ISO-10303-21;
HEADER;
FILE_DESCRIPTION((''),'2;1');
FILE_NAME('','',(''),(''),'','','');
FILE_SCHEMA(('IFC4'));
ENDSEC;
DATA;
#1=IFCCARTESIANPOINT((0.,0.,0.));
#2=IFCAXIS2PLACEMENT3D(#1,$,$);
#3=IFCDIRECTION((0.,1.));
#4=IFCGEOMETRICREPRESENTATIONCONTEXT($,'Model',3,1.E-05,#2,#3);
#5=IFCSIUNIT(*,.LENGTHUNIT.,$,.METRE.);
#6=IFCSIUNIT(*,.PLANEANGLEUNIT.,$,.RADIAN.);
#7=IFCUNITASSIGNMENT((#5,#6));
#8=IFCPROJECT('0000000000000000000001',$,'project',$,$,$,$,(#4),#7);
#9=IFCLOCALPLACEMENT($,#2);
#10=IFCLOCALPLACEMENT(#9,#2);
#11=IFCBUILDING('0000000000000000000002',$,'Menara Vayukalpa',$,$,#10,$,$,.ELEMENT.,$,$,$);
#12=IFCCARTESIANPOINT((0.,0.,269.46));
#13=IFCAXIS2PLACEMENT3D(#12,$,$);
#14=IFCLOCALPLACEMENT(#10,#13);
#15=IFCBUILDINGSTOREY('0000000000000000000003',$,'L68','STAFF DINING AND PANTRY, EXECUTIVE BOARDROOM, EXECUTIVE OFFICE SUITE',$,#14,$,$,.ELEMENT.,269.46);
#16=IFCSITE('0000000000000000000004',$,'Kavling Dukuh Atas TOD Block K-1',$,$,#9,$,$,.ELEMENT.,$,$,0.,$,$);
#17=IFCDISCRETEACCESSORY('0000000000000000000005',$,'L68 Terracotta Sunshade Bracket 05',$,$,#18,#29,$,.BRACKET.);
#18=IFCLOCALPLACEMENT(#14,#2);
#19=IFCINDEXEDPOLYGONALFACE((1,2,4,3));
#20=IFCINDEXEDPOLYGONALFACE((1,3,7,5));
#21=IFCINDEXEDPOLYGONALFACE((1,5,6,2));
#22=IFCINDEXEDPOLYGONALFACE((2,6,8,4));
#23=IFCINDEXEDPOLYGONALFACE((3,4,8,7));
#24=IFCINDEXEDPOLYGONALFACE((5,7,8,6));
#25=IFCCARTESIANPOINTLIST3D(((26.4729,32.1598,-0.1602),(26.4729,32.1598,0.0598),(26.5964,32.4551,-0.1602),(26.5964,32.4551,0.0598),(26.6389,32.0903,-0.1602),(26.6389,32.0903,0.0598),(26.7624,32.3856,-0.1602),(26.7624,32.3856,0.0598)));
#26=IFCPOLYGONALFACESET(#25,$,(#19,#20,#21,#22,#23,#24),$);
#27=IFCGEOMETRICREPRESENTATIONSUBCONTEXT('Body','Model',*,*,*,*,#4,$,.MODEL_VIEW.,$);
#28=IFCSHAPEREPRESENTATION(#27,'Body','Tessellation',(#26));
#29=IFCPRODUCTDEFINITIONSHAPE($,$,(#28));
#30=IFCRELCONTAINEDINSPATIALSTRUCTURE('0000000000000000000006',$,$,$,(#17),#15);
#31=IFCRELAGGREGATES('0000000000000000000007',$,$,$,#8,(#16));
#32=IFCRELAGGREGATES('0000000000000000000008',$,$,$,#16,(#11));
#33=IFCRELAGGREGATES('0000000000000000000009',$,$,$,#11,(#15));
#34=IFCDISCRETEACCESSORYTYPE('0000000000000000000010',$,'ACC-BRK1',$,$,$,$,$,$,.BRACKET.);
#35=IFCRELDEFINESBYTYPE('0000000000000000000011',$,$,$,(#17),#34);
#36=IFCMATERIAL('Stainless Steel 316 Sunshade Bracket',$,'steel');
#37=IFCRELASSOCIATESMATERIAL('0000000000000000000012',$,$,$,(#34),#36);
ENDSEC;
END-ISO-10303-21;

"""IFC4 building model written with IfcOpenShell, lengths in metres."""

from ifc_helpers import new_model, si_unit, direction, frame, origin, origin_2d, place, context, subcontext, project, spatial, rectangle, extrude, material, type_object, element, save


model = new_model("IFC4")

# Units and contexts
model_context = context("Model", 3, precision=1e-05, world=origin(), true_north=direction((0.0, 1.0)))
body_context = subcontext(model_context, "Body", "Model", "MODEL_VIEW")
ifc_project = project(units=[si_unit("LENGTHUNIT", "METRE"), si_unit("PLANEANGLEUNIT", "RADIAN")], contexts=[model_context])

# Site, building, storey
site_placement = place(None, origin())
site = spatial("IfcSite", under=ifc_project, at=site_placement, Name="Kavling Dukuh Atas TOD Block K-1", CompositionType="ELEMENT", RefElevation=0.0)
building_placement = place(site_placement, origin())
building = spatial("IfcBuilding", under=site, at=building_placement, Name="Menara Vayukalpa", CompositionType="ELEMENT")
storey_placement = place(building_placement, frame((0.0, 0.0, 269.46)))
storey = spatial("IfcBuildingStorey", under=building, at=storey_placement, Name="L68", Description="STAFF DINING AND PANTRY, EXECUTIVE BOARDROOM, EXECUTIVE OFFICE SUITE", CompositionType="ELEMENT", Elevation=269.46)

# Discrete accessory
ifc_material_1 = material(Name="Stainless Steel 316 Sunshade Bracket", Category="steel")
discrete_accessory_type = type_object("IfcDiscreteAccessoryType", Name="ACC-BRK1", PredefinedType="BRACKET", material=ifc_material_1)
discrete_accessory_placement = place(storey_placement, frame((26.6177, 32.2727, -0.1602), z_axis=(0.0, 0.0, 1.0), x_axis=(-0.922538, 0.385906, 0.0)))
element("IfcDiscreteAccessory", 1, at=discrete_accessory_placement, inside=storey, type_object=discrete_accessory_type, Name="L68 Terracotta Sunshade Bracket 05", PredefinedType="BRACKET", context=body_context, shape_type="SweptSolid", body=[
    extrude(rectangle(XDim=0.1799, YDim=0.3201, at=origin_2d()), origin(), (0.0, 0.0, 1.0), 0.22),
])

save(model, "model.ifc")
